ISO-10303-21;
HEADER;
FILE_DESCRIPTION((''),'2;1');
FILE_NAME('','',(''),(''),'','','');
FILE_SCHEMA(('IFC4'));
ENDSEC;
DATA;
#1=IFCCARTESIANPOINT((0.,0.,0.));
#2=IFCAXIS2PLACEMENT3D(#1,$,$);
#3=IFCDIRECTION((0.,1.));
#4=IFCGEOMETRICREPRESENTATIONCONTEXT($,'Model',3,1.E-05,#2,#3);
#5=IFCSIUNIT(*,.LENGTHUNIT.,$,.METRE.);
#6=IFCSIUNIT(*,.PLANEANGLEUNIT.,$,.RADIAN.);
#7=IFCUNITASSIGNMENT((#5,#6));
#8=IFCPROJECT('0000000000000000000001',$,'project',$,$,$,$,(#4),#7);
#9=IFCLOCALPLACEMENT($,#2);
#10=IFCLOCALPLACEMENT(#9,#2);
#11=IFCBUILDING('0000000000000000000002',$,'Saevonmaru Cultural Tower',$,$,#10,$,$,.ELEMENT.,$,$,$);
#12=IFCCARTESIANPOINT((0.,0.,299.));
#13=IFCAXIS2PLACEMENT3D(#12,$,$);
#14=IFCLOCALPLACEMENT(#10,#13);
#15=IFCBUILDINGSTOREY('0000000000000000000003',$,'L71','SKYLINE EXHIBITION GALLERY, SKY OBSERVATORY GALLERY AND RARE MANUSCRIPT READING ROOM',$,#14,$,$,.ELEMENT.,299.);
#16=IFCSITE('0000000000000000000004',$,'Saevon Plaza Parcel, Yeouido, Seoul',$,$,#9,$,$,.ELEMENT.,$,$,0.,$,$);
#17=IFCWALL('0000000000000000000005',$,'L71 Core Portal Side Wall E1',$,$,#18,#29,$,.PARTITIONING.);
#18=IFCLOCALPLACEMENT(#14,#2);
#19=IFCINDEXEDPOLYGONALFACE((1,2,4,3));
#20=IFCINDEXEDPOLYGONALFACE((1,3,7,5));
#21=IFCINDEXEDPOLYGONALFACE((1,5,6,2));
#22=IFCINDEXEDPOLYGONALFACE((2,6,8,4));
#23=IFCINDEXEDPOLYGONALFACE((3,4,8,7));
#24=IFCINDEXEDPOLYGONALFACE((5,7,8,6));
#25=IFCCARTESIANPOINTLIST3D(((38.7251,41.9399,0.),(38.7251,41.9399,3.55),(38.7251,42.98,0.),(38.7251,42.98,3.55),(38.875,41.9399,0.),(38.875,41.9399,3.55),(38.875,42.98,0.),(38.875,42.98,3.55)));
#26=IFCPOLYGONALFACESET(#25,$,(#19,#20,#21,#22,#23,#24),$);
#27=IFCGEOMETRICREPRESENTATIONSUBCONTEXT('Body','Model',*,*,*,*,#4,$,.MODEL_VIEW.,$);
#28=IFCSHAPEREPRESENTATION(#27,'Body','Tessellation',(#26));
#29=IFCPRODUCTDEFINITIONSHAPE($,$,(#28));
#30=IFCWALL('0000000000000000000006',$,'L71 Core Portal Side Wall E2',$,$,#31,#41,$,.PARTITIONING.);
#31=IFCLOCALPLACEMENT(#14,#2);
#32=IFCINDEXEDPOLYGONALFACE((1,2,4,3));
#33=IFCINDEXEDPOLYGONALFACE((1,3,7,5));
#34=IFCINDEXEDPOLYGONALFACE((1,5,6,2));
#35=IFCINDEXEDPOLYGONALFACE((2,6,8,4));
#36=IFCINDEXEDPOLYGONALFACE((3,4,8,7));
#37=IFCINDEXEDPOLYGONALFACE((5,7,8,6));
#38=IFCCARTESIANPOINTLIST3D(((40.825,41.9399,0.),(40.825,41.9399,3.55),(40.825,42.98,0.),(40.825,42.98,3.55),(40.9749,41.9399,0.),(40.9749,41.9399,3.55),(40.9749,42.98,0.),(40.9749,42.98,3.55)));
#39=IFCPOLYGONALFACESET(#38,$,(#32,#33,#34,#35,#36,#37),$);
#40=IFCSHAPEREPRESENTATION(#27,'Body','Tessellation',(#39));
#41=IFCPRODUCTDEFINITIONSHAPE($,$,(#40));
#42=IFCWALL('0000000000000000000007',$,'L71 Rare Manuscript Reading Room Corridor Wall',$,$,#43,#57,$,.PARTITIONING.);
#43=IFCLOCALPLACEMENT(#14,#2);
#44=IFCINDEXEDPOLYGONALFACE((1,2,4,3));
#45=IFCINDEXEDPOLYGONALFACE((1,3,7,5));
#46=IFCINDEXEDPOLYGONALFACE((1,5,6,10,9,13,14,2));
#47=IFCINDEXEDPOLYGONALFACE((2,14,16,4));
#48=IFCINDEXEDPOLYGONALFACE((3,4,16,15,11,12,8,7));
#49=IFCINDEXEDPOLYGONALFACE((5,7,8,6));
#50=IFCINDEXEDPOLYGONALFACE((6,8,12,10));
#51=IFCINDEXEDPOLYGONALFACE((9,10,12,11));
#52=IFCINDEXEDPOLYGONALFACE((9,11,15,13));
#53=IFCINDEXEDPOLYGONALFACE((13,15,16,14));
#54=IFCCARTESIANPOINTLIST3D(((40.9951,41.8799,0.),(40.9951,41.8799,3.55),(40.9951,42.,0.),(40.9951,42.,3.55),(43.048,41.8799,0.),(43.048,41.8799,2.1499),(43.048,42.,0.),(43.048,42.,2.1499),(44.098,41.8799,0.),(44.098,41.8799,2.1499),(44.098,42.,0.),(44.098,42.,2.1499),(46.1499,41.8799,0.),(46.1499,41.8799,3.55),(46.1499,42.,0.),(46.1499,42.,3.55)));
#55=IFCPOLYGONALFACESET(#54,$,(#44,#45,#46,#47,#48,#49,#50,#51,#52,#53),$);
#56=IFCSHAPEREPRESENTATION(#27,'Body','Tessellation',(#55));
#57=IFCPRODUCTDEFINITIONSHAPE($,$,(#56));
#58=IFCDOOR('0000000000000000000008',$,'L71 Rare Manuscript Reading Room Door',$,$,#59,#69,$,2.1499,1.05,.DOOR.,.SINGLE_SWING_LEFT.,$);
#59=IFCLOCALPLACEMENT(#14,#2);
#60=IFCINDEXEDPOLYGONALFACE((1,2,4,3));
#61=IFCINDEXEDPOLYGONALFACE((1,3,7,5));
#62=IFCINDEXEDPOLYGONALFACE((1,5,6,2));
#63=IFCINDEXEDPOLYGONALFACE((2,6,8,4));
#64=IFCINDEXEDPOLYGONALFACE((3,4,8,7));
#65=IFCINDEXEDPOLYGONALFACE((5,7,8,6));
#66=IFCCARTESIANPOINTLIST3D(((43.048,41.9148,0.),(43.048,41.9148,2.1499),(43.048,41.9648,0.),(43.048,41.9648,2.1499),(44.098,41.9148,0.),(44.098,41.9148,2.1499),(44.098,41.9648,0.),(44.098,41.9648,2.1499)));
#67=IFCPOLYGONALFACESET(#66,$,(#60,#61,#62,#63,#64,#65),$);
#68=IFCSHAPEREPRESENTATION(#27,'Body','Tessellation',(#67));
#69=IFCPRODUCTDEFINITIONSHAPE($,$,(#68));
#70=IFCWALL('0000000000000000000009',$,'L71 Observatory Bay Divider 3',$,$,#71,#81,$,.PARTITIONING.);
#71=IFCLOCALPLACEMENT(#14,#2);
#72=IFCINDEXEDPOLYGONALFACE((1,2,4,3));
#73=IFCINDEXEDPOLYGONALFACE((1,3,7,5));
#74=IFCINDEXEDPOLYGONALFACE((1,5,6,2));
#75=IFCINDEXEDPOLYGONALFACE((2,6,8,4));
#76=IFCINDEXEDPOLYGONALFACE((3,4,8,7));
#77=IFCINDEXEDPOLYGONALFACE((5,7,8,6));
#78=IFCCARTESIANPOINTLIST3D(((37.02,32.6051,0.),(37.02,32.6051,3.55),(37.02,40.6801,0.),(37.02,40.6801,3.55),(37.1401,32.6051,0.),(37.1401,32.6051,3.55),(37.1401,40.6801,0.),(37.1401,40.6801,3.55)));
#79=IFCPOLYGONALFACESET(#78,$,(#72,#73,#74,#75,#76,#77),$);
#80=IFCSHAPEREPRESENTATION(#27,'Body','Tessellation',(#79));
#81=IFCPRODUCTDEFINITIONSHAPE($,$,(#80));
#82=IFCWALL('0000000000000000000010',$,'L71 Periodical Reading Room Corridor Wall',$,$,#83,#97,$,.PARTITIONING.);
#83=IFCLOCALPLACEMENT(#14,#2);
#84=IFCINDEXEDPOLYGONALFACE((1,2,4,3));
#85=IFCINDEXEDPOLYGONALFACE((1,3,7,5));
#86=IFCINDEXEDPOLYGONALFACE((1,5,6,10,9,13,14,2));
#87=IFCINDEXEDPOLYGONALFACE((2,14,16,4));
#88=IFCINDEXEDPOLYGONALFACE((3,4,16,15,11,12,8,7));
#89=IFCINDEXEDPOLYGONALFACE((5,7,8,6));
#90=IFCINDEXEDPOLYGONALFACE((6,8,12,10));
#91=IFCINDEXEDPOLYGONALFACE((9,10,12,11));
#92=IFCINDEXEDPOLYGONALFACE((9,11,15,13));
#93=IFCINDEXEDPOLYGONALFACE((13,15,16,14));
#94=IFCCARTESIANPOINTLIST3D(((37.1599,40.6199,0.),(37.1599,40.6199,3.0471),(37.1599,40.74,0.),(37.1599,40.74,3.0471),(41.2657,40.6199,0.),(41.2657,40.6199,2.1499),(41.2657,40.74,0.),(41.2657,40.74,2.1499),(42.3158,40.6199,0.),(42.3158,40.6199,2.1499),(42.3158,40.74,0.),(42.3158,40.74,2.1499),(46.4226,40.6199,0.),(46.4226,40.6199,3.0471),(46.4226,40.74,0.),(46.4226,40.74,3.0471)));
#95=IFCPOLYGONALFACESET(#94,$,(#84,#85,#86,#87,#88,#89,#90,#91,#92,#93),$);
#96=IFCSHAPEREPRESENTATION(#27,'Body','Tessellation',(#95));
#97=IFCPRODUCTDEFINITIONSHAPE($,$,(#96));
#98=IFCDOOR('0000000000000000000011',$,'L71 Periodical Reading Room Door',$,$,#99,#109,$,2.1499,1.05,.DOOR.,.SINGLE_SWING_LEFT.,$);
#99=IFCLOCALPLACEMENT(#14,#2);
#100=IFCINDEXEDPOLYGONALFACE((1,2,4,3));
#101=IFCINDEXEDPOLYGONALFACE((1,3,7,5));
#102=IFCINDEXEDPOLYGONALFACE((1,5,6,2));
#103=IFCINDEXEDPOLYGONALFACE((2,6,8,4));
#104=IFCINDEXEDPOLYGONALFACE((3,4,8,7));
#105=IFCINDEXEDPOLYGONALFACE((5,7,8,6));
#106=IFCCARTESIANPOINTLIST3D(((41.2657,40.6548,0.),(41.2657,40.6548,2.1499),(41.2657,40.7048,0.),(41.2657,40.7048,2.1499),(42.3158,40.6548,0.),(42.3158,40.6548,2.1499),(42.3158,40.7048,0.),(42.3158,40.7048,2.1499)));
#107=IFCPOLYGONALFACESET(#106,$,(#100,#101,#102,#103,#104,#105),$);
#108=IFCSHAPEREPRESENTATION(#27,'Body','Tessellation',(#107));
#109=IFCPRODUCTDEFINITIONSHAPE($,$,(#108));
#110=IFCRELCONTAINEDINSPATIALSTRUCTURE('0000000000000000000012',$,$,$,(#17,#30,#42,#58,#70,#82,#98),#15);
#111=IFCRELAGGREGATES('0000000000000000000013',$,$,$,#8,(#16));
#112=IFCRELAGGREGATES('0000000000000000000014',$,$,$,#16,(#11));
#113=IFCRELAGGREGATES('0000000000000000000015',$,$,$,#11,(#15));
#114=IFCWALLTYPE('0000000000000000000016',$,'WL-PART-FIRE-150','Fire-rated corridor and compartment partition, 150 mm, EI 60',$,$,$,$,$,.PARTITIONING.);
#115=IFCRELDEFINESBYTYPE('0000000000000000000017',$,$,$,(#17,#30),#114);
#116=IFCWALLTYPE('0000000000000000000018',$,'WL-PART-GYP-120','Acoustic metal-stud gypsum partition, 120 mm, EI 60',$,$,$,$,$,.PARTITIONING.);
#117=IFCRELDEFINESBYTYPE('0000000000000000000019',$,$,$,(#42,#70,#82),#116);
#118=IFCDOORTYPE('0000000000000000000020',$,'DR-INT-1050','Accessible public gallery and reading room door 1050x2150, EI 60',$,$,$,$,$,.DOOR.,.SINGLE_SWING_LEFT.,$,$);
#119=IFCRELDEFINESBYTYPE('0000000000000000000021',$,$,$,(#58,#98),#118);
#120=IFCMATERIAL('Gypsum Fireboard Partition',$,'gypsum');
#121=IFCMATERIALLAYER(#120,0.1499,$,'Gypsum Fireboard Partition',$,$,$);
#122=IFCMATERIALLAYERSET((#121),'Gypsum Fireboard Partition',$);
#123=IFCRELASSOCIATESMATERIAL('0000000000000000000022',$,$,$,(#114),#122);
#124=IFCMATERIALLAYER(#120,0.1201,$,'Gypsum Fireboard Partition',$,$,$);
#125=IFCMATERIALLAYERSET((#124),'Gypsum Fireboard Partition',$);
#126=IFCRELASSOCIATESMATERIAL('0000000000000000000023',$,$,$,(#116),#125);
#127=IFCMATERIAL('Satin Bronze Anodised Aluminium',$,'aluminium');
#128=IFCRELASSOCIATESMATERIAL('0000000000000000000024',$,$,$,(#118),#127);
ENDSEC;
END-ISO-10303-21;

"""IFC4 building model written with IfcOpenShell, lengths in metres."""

from ifc_helpers import new_model, si_unit, direction, frame, frame_2d, origin, place, context, subcontext, project, spatial, rectangle, extrude, material, layer, layer_set, type_object, element, fill, save


model = new_model("IFC4")

# Units and contexts
model_context = context("Model", 3, precision=1e-05, world=origin(), true_north=direction((0.0, 1.0)))
body_context = subcontext(model_context, "Body", "Model", "MODEL_VIEW")
ifc_project = project(units=[si_unit("LENGTHUNIT", "METRE"), si_unit("PLANEANGLEUNIT", "RADIAN")], contexts=[model_context])

# Site, building, storey
site_placement = place(None, origin())
site = spatial("IfcSite", under=ifc_project, at=site_placement, Name="Saevon Plaza Parcel, Yeouido, Seoul", CompositionType="ELEMENT", RefElevation=0.0)
building_placement = place(site_placement, origin())
building = spatial("IfcBuilding", under=site, at=building_placement, Name="Saevonmaru Cultural Tower", CompositionType="ELEMENT")
storey_placement = place(building_placement, frame((0.0, 0.0, 299.0)))
storey = spatial("IfcBuildingStorey", under=building, at=storey_placement, Name="L71", Description="SKYLINE EXHIBITION GALLERY, SKY OBSERVATORY GALLERY AND RARE MANUSCRIPT READING ROOM", CompositionType="ELEMENT", Elevation=299.0)

# Shared definitions
ifc_material_1 = material(Name="Satin Bronze Anodised Aluminium", Category="aluminium")

# Walls
ifc_material_2 = material(Name="Gypsum Fireboard Partition", Category="gypsum")
ifc_layer_1 = layer(ifc_material_2, 0.1499, Name="Gypsum Fireboard Partition")
ifc_layer_set_1 = layer_set([ifc_layer_1], Name="Gypsum Fireboard Partition")
wall_type_1 = type_object("IfcWallType", Name="WL-PART-FIRE-150", Description="Fire-rated corridor and compartment partition, 150 mm, EI 60", PredefinedType="PARTITIONING", material=ifc_layer_set_1)
for number, where, z_axis, x_axis, name in (
    (1, (38.8, 41.9399, 0.0), (0.0, 0.0, 1.0), (0.0, 1.0, 0.0), "L71 Core Portal Side Wall E1"),
    (2, (40.8999, 41.9399, 0.0), (0.0, 0.0, 1.0), (0.0, 1.0, 0.0), "L71 Core Portal Side Wall E2"),
):
    element("IfcWall", number, at=place(storey_placement, frame(where, z_axis=z_axis, x_axis=x_axis)), inside=storey, type_object=wall_type_1, Name=name, PredefinedType="PARTITIONING", context=body_context, shape_type="SweptSolid", body=[
        extrude(rectangle(XDim=1.04, YDim=0.1499, at=frame_2d((0.52, 0.0))), origin(), (0.0, 0.0, 1.0), 3.55),
    ])

# Wall, opening, door
ifc_layer_2 = layer(ifc_material_2, 0.1201, Name="Gypsum Fireboard Partition")
ifc_layer_set_2 = layer_set([ifc_layer_2], Name="Gypsum Fireboard Partition")
wall_type_2 = type_object("IfcWallType", Name="WL-PART-GYP-120", Description="Acoustic metal-stud gypsum partition, 120 mm, EI 60", PredefinedType="PARTITIONING", material=ifc_layer_set_2)
wall_1_placement = place(storey_placement, frame((40.9951, 41.9399, 0.0), z_axis=(0.0, 0.0, 1.0), x_axis=(1.0, 0.0, 0.0)))
wall_1 = element("IfcWall", 3, at=wall_1_placement, inside=storey, type_object=wall_type_2, Name="L71 Rare Manuscript Reading Room Corridor Wall", PredefinedType="PARTITIONING", context=body_context, shape_type="SweptSolid", body=[
    extrude(rectangle(XDim=5.1548, YDim=0.1201, at=frame_2d((2.5774, 0.0))), origin(), (0.0, 0.0, 1.0), 3.55),
])
opening_1_placement = place(wall_1_placement, frame((2.053, 0.0, 0.0)))
opening_1 = element("IfcOpeningElement", 4, at=opening_1_placement, cuts=wall_1, PredefinedType="OPENING", context=body_context, shape_type="SweptSolid", body=[
    extrude(rectangle(XDim=1.05, YDim=2.1499, at=frame_2d((0.5249, 1.075))), frame((0.0, 0.0701, 0.0), z_axis=(0.0, -1.0, 0.0), x_axis=(1.0, 0.0, 0.0)), (0.0, 0.0, 1.0), 0.1401),
])
door_type = type_object("IfcDoorType", Name="DR-INT-1050", Description="Accessible public gallery and reading room door 1050x2150, EI 60", OperationType="SINGLE_SWING_LEFT", PredefinedType="DOOR", material=ifc_material_1)
door_1_placement = place(opening_1_placement, origin())
door_1 = element("IfcDoor", 5, at=door_1_placement, inside=storey, type_object=door_type, Name="L71 Rare Manuscript Reading Room Door", OperationType="SINGLE_SWING_LEFT", OverallHeight=2.1499, OverallWidth=1.05, PredefinedType="DOOR", context=body_context, shape_type="SweptSolid", body=[
    extrude(rectangle(XDim=1.05, YDim=2.1499, at=frame_2d((0.5249, 1.075))), frame((0.0, 0.0249, 0.0), z_axis=(0.0, -1.0, 0.0), x_axis=(1.0, 0.0, 0.0)), (0.0, 0.0, 1.0), 0.05),
])
fill(opening_1, door_1)

# Wall
wall_2_placement = place(storey_placement, frame((37.0801, 32.605, 0.0), z_axis=(0.0, 0.0, 1.0), x_axis=(0.0, 1.0, 0.0)))
element("IfcWall", 6, at=wall_2_placement, inside=storey, type_object=wall_type_2, Name="L71 Observatory Bay Divider 3", PredefinedType="PARTITIONING", context=body_context, shape_type="SweptSolid", body=[
    extrude(rectangle(XDim=8.075, YDim=0.1201, at=frame_2d((4.0376, 0.0))), origin(), (0.0, 0.0, 1.0), 3.55),
])

# Wall, opening, door
wall_3_placement = place(storey_placement, frame((37.1599, 40.6799, 0.0), z_axis=(0.0, 0.0, 1.0), x_axis=(1.0, 0.0, 0.0)))
wall_3 = element("IfcWall", 7, at=wall_3_placement, inside=storey, type_object=wall_type_2, Name="L71 Periodical Reading Room Corridor Wall", PredefinedType="PARTITIONING", context=body_context, shape_type="SweptSolid", body=[
    extrude(rectangle(XDim=9.2627, YDim=0.1201, at=frame_2d((4.6313, 0.0))), origin(), (0.0, 0.0, 1.0), 3.0471),
])
opening_2_placement = place(wall_3_placement, frame((4.106, 0.0, 0.0)))
opening_2 = element("IfcOpeningElement", 8, at=opening_2_placement, cuts=wall_3, PredefinedType="OPENING", context=body_context, shape_type="SweptSolid", body=[
    extrude(rectangle(XDim=1.05, YDim=2.1499, at=frame_2d((0.5249, 1.075))), frame((0.0, 0.0701, 0.0), z_axis=(0.0, -1.0, 0.0), x_axis=(1.0, 0.0, 0.0)), (0.0, 0.0, 1.0), 0.1401),
])
door_2_placement = place(opening_2_placement, origin())
door_2 = element("IfcDoor", 9, at=door_2_placement, inside=storey, type_object=door_type, Name="L71 Periodical Reading Room Door", OperationType="SINGLE_SWING_LEFT", OverallHeight=2.1499, OverallWidth=1.05, PredefinedType="DOOR", context=body_context, shape_type="SweptSolid", body=[
    extrude(rectangle(XDim=1.05, YDim=2.1499, at=frame_2d((0.5249, 1.075))), frame((0.0, 0.0249, 0.0), z_axis=(0.0, -1.0, 0.0), x_axis=(1.0, 0.0, 0.0)), (0.0, 0.0, 1.0), 0.05),
])
fill(opening_2, door_2)

save(model, "model.ifc")
